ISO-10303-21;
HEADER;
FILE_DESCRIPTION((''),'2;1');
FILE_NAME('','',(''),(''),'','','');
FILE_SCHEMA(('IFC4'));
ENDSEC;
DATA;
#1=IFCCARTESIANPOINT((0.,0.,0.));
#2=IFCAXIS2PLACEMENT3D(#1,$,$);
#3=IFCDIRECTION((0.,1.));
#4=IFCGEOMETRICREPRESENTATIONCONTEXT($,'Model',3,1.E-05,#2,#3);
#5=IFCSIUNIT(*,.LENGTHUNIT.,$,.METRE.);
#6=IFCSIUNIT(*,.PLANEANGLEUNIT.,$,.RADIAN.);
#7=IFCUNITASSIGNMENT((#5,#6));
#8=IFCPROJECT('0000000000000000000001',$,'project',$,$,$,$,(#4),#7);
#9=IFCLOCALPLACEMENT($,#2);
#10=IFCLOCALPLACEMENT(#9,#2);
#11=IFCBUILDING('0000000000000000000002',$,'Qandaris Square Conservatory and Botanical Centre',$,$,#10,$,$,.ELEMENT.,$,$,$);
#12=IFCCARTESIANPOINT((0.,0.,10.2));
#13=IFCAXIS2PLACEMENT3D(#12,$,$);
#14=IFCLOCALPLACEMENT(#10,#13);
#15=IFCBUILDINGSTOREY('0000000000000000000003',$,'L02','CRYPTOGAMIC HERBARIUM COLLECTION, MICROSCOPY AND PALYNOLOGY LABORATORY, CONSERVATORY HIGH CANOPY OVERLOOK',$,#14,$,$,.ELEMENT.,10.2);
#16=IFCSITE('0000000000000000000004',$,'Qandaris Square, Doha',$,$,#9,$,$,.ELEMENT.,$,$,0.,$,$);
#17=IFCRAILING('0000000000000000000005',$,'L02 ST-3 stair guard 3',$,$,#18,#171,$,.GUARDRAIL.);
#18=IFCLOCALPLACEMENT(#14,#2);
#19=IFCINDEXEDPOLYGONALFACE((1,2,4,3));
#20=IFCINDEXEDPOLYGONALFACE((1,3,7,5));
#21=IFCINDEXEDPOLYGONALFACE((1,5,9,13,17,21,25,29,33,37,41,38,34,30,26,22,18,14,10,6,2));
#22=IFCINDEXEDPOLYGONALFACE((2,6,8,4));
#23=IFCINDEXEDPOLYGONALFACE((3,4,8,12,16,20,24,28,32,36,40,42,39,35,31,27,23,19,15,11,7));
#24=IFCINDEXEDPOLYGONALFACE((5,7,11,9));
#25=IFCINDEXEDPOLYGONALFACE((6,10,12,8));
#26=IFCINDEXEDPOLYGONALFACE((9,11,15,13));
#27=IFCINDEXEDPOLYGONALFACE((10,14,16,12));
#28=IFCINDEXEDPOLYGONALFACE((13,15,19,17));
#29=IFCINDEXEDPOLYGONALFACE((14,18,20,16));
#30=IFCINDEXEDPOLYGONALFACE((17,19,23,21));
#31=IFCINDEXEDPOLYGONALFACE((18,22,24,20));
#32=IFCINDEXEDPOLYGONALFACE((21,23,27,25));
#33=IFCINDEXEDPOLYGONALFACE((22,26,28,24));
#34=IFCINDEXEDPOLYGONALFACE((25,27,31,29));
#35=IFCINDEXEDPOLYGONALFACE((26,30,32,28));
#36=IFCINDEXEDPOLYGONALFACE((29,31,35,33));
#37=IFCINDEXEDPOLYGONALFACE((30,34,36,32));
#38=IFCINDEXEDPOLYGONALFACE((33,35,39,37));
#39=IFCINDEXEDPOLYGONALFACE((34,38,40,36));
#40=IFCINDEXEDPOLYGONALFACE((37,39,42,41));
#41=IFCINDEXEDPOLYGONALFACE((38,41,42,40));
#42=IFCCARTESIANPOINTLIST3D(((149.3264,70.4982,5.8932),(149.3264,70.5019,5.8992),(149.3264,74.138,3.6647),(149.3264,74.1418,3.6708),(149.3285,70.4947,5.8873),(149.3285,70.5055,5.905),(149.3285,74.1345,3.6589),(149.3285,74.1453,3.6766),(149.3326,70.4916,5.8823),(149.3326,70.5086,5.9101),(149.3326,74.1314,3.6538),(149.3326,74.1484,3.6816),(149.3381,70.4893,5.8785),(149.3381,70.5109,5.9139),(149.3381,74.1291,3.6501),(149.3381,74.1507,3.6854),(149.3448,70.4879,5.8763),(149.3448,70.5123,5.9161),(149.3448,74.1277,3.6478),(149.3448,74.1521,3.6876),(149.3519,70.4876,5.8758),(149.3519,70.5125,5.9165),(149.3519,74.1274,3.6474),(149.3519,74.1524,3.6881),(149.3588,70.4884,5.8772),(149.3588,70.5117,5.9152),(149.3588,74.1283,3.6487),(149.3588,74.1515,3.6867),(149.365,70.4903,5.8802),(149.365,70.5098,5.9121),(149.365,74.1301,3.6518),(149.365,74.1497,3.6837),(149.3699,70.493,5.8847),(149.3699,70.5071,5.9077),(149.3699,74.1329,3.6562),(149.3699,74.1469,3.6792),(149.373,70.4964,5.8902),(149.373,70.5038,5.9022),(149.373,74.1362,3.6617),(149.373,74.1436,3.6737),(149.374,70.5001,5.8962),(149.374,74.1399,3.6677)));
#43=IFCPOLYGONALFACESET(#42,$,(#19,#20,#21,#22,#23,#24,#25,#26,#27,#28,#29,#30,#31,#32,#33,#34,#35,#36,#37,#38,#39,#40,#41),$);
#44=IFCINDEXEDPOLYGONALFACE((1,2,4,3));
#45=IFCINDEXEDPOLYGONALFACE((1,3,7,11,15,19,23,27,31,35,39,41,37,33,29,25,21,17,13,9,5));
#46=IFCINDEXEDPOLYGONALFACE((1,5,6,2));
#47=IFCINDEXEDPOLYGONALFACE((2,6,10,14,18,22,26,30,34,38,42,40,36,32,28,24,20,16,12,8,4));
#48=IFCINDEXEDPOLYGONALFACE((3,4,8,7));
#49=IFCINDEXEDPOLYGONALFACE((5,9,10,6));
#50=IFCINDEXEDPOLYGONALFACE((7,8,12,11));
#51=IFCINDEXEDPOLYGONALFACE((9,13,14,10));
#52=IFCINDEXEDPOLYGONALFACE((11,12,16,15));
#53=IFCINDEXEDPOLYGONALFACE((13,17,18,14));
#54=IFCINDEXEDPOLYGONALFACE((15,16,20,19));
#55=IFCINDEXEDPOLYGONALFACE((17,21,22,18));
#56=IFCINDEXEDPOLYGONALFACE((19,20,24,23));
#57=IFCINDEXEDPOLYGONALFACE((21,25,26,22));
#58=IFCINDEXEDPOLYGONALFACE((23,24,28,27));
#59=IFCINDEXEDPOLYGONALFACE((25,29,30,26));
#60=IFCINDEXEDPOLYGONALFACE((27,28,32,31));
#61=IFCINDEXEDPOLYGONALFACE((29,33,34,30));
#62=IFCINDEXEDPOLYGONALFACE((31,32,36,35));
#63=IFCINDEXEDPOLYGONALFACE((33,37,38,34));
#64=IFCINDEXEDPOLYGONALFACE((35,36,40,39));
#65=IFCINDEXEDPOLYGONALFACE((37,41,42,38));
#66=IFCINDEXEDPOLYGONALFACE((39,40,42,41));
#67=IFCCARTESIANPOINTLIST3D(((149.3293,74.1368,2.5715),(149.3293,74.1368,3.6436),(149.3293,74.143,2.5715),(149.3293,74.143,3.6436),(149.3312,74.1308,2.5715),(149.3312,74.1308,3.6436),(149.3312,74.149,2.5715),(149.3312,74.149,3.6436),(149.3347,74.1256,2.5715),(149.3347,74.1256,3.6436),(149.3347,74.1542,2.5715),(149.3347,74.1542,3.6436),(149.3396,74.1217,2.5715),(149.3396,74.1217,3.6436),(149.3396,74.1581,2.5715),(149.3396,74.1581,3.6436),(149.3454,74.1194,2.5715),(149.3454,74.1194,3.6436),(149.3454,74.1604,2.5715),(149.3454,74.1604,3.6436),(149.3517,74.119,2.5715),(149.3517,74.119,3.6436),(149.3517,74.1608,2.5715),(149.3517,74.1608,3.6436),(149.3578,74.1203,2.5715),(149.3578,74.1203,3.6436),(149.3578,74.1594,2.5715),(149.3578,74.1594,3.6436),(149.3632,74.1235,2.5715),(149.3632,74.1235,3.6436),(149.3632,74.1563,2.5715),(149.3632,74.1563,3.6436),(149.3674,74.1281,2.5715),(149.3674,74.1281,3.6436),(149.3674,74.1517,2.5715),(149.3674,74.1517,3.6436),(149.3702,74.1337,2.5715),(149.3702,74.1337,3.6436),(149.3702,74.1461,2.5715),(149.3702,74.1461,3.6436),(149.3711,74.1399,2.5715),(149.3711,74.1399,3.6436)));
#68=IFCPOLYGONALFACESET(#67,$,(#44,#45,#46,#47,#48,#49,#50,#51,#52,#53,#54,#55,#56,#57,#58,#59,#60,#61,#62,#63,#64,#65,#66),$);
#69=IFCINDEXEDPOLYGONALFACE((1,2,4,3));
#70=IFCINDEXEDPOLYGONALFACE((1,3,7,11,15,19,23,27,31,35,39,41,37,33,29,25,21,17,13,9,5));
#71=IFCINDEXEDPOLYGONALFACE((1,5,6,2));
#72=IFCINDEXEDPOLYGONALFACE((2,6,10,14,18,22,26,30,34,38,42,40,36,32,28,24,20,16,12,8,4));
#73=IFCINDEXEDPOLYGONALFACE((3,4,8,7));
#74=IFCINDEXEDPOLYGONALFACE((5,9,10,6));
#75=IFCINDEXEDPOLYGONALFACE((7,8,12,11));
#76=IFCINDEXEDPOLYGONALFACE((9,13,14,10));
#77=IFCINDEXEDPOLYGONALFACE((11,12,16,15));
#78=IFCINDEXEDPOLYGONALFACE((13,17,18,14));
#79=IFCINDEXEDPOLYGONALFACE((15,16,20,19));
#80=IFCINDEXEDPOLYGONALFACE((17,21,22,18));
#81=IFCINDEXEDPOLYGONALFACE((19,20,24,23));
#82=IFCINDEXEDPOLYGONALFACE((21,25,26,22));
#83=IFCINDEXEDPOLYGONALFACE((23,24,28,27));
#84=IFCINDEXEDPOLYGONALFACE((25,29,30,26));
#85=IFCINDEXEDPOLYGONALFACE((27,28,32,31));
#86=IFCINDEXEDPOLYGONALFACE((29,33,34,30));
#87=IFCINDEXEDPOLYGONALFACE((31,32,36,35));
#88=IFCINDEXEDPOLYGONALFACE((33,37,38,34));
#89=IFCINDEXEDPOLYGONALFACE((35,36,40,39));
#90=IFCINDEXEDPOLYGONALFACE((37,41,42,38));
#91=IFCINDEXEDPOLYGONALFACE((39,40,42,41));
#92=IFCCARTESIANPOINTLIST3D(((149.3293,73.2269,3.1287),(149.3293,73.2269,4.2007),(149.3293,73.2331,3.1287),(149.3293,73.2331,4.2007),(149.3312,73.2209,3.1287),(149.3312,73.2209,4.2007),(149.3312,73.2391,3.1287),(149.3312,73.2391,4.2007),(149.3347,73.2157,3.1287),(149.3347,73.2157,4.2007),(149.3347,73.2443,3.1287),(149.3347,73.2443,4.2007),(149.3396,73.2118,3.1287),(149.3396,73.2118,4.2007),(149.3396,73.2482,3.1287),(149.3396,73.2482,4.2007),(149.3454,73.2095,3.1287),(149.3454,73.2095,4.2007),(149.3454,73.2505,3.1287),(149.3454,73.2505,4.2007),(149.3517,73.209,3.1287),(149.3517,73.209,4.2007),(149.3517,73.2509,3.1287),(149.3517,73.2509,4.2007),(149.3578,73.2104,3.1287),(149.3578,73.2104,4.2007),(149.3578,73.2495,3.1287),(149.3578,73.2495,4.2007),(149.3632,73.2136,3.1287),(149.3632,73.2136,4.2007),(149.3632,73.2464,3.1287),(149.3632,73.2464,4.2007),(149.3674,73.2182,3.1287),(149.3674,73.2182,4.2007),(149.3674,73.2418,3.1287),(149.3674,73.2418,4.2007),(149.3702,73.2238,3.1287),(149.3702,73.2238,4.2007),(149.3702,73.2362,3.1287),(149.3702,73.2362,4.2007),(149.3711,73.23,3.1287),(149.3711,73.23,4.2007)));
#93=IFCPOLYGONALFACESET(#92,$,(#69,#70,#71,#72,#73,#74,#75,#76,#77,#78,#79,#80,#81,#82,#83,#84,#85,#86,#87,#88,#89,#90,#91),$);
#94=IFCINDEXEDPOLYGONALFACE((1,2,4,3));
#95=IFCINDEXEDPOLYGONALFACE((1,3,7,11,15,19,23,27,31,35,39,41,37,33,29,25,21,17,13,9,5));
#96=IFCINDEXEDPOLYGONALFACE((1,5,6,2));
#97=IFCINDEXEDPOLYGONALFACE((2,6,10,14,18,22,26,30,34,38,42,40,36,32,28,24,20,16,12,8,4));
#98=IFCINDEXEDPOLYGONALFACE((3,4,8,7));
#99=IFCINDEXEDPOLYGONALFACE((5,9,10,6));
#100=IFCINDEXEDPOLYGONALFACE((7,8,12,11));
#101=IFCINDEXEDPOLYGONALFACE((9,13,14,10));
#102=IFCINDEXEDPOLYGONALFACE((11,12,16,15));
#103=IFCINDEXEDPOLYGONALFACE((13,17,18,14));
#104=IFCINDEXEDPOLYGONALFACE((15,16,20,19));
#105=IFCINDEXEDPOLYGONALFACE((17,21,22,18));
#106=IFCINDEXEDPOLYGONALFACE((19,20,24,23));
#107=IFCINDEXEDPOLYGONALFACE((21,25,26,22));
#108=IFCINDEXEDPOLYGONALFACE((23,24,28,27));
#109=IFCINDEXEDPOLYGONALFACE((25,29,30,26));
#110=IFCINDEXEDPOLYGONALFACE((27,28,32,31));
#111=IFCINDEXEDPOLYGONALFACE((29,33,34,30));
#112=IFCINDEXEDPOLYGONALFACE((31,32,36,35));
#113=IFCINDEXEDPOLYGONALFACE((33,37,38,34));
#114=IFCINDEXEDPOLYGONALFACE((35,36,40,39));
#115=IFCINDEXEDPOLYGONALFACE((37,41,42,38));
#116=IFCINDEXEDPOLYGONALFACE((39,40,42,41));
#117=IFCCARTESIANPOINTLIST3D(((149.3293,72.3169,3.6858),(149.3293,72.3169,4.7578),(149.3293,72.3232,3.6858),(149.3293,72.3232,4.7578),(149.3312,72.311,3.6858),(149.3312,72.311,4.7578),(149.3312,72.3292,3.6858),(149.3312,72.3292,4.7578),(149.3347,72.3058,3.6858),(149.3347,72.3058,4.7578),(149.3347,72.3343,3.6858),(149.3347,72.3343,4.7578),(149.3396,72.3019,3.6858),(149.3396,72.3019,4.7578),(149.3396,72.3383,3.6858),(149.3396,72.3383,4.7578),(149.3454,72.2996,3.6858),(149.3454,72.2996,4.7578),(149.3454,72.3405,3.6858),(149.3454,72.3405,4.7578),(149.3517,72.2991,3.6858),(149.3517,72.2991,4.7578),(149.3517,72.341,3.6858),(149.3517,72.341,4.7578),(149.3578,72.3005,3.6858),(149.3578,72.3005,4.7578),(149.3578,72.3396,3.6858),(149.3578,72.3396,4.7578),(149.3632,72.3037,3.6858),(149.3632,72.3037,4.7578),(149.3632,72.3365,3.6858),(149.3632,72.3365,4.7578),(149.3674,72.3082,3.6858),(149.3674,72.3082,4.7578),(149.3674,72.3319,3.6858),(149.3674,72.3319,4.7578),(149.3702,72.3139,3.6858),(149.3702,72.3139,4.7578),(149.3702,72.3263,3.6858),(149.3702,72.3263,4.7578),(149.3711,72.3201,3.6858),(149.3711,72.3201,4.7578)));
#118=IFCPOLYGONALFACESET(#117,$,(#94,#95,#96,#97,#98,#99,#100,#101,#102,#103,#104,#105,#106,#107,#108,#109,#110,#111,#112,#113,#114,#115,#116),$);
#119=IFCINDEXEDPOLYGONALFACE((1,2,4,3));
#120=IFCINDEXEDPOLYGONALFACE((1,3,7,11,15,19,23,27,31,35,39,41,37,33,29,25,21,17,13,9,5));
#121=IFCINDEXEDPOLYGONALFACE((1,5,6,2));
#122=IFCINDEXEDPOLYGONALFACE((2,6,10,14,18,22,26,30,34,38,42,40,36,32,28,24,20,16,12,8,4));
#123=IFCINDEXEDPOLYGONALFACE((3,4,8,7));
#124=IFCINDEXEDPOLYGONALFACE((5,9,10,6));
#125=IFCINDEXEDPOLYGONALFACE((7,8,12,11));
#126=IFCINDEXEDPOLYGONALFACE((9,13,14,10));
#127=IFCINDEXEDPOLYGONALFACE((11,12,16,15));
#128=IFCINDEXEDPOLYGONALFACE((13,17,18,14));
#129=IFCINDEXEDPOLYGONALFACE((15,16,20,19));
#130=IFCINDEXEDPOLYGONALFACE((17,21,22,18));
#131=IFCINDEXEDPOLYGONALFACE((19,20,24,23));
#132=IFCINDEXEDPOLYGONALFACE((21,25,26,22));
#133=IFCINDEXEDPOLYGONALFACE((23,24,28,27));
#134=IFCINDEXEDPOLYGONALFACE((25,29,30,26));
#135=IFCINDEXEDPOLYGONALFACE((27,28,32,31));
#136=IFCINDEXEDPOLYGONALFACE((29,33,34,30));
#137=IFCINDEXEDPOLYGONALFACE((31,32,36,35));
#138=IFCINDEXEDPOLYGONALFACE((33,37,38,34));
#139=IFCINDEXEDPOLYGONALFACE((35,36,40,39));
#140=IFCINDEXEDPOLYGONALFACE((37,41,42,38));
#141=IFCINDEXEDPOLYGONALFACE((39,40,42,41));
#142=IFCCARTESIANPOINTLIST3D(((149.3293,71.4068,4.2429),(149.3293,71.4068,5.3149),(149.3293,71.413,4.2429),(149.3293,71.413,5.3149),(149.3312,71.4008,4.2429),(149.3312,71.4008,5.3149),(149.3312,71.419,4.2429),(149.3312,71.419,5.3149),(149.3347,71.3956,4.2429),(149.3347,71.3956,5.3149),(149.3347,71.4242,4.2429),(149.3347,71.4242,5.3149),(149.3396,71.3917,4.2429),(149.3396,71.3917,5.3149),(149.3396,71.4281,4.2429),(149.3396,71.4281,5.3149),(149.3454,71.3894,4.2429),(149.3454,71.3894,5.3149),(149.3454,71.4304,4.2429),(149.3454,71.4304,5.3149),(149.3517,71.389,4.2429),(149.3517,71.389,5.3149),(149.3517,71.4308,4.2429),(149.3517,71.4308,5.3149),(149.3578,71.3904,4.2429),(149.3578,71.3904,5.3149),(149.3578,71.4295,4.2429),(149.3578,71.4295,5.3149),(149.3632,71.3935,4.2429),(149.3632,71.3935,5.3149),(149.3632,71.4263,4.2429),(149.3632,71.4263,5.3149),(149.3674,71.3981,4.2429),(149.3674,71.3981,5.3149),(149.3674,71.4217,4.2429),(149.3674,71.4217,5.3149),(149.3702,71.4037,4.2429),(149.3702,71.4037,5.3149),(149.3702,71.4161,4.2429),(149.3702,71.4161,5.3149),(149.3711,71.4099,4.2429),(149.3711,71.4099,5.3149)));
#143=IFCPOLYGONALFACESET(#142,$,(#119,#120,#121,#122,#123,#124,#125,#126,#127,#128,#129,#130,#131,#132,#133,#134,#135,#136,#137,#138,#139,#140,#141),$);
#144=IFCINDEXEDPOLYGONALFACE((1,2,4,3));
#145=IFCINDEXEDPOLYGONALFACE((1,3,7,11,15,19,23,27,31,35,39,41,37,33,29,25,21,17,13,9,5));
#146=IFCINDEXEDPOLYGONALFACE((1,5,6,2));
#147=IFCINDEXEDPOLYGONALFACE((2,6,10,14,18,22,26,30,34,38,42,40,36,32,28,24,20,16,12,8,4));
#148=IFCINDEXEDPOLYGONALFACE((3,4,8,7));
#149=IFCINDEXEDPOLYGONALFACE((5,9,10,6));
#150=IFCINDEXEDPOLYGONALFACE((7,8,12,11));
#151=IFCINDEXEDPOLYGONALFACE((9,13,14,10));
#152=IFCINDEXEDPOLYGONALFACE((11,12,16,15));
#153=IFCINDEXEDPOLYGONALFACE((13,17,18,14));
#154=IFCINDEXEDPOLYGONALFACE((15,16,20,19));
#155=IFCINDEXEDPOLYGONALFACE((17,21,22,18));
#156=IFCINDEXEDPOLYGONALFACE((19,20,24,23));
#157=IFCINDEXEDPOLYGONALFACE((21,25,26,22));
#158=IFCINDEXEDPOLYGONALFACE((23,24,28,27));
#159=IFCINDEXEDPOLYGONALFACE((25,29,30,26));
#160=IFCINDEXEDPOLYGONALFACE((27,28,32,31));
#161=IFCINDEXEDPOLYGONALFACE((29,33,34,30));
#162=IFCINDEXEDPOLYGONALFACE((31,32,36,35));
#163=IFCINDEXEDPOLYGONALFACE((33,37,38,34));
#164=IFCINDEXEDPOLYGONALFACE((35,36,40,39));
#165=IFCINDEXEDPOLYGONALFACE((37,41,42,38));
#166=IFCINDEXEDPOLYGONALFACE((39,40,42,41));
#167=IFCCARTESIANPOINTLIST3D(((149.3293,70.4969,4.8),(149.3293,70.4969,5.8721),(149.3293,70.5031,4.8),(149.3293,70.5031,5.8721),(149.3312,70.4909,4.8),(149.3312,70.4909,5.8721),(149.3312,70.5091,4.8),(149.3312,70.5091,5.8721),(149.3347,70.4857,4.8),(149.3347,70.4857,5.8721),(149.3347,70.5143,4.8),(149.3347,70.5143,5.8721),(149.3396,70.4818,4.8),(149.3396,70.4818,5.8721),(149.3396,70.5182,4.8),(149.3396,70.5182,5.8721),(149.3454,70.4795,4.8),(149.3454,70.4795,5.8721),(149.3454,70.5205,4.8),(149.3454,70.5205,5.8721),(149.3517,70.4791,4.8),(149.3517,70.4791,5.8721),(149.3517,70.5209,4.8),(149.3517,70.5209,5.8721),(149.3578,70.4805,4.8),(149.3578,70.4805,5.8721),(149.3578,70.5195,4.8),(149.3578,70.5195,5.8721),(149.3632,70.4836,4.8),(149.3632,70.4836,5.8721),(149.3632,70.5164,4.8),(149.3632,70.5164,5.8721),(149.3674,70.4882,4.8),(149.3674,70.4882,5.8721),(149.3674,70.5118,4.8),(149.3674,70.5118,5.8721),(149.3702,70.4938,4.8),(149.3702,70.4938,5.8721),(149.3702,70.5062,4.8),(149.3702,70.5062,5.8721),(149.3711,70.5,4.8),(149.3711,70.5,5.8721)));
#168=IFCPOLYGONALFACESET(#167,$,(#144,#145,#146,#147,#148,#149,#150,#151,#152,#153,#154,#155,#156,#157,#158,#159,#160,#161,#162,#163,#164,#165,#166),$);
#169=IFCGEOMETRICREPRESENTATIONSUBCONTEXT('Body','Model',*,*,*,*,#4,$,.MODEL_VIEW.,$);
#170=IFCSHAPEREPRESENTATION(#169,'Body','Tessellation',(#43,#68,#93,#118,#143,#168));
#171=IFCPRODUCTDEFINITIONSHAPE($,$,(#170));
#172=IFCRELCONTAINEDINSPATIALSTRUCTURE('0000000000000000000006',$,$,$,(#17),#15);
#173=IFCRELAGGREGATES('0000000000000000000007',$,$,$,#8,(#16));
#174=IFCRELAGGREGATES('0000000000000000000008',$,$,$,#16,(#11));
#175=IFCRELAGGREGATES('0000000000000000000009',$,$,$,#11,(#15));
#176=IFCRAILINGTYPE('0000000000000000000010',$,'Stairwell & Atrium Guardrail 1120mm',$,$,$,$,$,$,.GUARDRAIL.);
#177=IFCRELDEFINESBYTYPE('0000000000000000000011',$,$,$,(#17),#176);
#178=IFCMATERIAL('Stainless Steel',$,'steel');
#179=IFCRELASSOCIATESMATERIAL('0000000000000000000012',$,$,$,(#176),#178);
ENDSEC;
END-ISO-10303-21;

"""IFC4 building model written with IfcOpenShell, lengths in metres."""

from ifc_helpers import new_model, si_unit, direction, frame, origin, origin_2d, place, context, subcontext, project, spatial, circle, extrude, material, type_object, element, save


model = new_model("IFC4")

# Units and contexts
model_context = context("Model", 3, precision=1e-05, world=origin(), true_north=direction((0.0, 1.0)))
body_context = subcontext(model_context, "Body", "Model", "MODEL_VIEW")
ifc_project = project(units=[si_unit("LENGTHUNIT", "METRE"), si_unit("PLANEANGLEUNIT", "RADIAN")], contexts=[model_context])

# Site, building, storey
site_placement = place(None, origin())
site = spatial("IfcSite", under=ifc_project, at=site_placement, Name="Qandaris Square, Doha", CompositionType="ELEMENT", RefElevation=0.0)
building_placement = place(site_placement, origin())
building = spatial("IfcBuilding", under=site, at=building_placement, Name="Qandaris Square Conservatory and Botanical Centre", CompositionType="ELEMENT")
storey_placement = place(building_placement, frame((0.0, 0.0, 10.2)))
storey = spatial("IfcBuildingStorey", under=building, at=storey_placement, Name="L02", Description="CRYPTOGAMIC HERBARIUM COLLECTION, MICROSCOPY AND PALYNOLOGY LABORATORY, CONSERVATORY HIGH CANOPY OVERLOOK", CompositionType="ELEMENT", Elevation=10.2)

# Railing
ifc_material_1 = material(Name="Stainless Steel", Category="steel")
railing_type_1 = type_object("IfcRailingType", Name="Stairwell & Atrium Guardrail 1120mm", PredefinedType="GUARDRAIL", material=ifc_material_1)
railing_1_placement = place(storey_placement, frame((149.3501, 74.1399, 2.5715)))
element("IfcRailing", 1, at=railing_1_placement, inside=storey, type_object=railing_type_1, Name="L02 ST-3 stair guard 3", PredefinedType="GUARDRAIL", context=body_context, shape_type="SweptSolid", body=[
    extrude(circle(Radius=0.0239, at=origin_2d()), frame((0.0, 0.0, 1.0962), z_axis=(0.0, -0.85285, 0.522156), x_axis=(1.0, 0.0, 0.0)), (0.0, 0.0, 1.0), 4.2678),
    extrude(circle(Radius=0.021, at=origin_2d()), origin(), (0.0, 0.0, 1.0), 1.072),
    extrude(circle(Radius=0.021, at=origin_2d()), frame((0.0, -0.9099, 0.5571)), (0.0, 0.0, 1.0), 1.072),
    extrude(circle(Radius=0.021, at=origin_2d()), frame((0.0, -1.8198, 1.1143)), (0.0, 0.0, 1.0), 1.072),
    extrude(circle(Radius=0.021, at=origin_2d()), frame((0.0, -2.73, 1.6714)), (0.0, 0.0, 1.0), 1.072),
    extrude(circle(Radius=0.021, at=origin_2d()), frame((0.0, -3.6399, 2.2285)), (0.0, 0.0, 1.0), 1.072),
])

save(model, "model.ifc")
